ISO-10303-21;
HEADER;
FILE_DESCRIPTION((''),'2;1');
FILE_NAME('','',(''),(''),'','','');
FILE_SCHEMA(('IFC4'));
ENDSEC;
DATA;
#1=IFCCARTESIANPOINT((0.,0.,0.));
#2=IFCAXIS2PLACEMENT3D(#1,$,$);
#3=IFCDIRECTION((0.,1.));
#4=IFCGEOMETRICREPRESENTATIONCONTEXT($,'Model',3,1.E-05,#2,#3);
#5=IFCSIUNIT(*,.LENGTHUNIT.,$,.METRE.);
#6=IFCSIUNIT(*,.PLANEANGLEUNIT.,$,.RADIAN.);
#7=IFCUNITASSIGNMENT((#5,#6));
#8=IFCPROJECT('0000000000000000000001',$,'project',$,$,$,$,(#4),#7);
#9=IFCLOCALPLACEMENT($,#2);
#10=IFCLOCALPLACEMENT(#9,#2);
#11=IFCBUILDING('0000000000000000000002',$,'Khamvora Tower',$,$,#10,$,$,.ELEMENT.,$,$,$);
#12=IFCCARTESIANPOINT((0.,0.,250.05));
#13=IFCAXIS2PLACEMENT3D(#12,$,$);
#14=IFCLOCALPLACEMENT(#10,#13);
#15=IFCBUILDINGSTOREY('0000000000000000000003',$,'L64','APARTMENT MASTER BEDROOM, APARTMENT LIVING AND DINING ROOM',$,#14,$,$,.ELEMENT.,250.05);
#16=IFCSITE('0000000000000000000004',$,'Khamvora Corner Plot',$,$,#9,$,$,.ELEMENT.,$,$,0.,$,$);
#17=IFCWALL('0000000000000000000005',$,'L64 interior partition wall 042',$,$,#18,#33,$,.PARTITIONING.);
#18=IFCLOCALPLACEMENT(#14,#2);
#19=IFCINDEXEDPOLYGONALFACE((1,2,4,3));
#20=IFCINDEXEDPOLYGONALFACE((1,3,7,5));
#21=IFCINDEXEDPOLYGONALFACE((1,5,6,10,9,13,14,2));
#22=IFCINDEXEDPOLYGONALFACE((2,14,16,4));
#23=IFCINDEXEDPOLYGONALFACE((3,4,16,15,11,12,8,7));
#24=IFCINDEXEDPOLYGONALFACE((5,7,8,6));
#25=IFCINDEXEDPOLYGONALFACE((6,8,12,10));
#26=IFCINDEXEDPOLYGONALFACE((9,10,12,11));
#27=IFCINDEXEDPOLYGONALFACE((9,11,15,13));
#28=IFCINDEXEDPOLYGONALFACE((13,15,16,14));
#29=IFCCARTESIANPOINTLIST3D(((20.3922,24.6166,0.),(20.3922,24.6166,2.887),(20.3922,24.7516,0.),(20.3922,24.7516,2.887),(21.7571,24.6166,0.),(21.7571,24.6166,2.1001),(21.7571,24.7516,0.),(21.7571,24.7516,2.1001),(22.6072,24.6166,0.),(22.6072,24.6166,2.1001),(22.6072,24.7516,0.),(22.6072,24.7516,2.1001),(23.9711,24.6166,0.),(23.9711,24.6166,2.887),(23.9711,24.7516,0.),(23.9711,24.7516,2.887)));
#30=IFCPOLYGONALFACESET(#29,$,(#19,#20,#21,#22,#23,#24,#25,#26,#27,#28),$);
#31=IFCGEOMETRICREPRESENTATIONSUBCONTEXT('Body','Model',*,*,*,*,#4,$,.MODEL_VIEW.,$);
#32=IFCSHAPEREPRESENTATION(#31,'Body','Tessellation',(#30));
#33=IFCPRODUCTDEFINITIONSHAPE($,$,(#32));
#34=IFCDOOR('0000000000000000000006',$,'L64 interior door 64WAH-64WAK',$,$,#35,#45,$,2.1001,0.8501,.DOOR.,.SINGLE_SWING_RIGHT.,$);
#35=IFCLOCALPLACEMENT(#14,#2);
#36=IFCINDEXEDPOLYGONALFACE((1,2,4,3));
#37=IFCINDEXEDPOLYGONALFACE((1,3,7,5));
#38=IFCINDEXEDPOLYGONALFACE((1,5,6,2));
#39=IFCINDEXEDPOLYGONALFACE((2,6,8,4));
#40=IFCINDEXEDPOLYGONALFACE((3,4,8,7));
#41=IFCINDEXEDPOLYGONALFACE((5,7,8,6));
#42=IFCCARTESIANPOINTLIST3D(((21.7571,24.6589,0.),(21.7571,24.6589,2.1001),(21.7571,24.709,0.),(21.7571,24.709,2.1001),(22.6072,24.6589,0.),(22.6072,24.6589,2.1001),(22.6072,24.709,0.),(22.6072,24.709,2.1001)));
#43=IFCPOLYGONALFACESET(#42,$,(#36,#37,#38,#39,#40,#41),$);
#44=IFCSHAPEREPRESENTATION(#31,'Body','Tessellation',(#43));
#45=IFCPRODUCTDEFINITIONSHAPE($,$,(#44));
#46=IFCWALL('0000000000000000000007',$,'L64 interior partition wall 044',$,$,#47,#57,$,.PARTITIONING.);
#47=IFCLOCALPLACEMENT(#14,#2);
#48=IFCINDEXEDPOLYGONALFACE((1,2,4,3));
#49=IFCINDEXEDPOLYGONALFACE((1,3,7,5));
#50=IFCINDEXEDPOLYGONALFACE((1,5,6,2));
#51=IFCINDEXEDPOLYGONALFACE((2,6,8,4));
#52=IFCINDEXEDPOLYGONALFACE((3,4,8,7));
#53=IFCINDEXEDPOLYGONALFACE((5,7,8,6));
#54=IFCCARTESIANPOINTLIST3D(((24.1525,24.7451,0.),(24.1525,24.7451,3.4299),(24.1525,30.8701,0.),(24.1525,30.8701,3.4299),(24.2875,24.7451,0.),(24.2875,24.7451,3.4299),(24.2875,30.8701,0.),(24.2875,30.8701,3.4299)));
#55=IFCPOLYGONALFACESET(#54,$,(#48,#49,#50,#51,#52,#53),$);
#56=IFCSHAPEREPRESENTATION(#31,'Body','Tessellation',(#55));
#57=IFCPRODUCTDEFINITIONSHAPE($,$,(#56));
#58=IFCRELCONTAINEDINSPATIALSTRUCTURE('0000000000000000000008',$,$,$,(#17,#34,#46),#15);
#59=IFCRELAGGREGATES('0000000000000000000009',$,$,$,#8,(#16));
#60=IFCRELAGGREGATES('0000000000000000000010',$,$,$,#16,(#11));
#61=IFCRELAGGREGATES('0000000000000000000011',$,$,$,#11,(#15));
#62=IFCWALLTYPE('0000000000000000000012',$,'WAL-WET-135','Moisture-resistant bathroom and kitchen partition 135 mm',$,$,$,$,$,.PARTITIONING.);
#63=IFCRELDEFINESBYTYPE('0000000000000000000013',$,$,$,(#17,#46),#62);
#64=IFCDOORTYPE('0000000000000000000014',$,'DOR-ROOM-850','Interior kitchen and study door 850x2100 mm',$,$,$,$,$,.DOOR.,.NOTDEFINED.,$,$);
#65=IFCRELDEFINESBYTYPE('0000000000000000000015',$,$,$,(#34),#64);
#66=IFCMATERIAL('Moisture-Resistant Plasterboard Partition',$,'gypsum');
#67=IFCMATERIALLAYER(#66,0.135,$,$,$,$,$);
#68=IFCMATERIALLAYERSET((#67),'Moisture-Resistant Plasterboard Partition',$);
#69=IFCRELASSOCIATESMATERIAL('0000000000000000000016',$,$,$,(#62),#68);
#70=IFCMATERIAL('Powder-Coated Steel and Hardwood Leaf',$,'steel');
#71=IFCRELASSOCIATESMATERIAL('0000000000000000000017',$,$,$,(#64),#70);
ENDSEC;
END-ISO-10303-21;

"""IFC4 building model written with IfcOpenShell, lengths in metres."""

from ifc_helpers import new_model, si_unit, direction, frame, frame_2d, origin, place, context, subcontext, project, spatial, rectangle, extrude, material, layer, layer_set, type_object, element, fill, save


model = new_model("IFC4")

# Units and contexts
model_context = context("Model", 3, precision=1e-05, world=origin(), true_north=direction((0.0, 1.0)))
body_context = subcontext(model_context, "Body", "Model", "MODEL_VIEW")
ifc_project = project(units=[si_unit("LENGTHUNIT", "METRE"), si_unit("PLANEANGLEUNIT", "RADIAN")], contexts=[model_context])

# Site, building, storey
site_placement = place(None, origin())
site = spatial("IfcSite", under=ifc_project, at=site_placement, Name="Khamvora Corner Plot", CompositionType="ELEMENT", RefElevation=0.0)
building_placement = place(site_placement, origin())
building = spatial("IfcBuilding", under=site, at=building_placement, Name="Khamvora Tower", CompositionType="ELEMENT")
storey_placement = place(building_placement, frame((0.0, 0.0, 250.05)))
storey = spatial("IfcBuildingStorey", under=building, at=storey_placement, Name="L64", Description="APARTMENT MASTER BEDROOM, APARTMENT LIVING AND DINING ROOM", CompositionType="ELEMENT", Elevation=250.05)

# Wall, opening, door
ifc_material_1 = material(Name="Moisture-Resistant Plasterboard Partition", Category="gypsum")
ifc_layer_1 = layer(ifc_material_1, 0.135)
ifc_layer_set_1 = layer_set([ifc_layer_1], Name="Moisture-Resistant Plasterboard Partition")
wall_type_1 = type_object("IfcWallType", Name="WAL-WET-135", Description="Moisture-resistant bathroom and kitchen partition 135 mm", PredefinedType="PARTITIONING", material=ifc_layer_set_1)
ifc_material_2 = material(Name="Powder-Coated Steel and Hardwood Leaf", Category="steel")
wall_1_placement = place(storey_placement, frame((20.3921, 24.6841, 0.0), z_axis=(0.0, 0.0, 1.0), x_axis=(1.0, 0.0, 0.0)))
wall_1 = element("IfcWall", 1, at=wall_1_placement, inside=storey, type_object=wall_type_1, Name="L64 interior partition wall 042", PredefinedType="PARTITIONING", context=body_context, shape_type="SweptSolid", body=[
    extrude(rectangle(XDim=3.5789, YDim=0.135, at=frame_2d((1.7896, 0.0))), origin(), (0.0, 0.0, 1.0), 2.887),
])
opening_1_placement = place(wall_1_placement, frame((1.365, 0.0, 0.0)))
opening_1 = element("IfcOpeningElement", 2, at=opening_1_placement, cuts=wall_1, PredefinedType="OPENING", context=body_context, shape_type="SweptSolid", body=[
    extrude(rectangle(XDim=0.8501, YDim=2.1001, at=frame_2d((0.425, 1.05))), frame((0.0, 0.0774, 0.0), z_axis=(0.0, -1.0, 0.0), x_axis=(1.0, 0.0, 0.0)), (0.0, 0.0, 1.0), 0.155),
])
door_type_1 = type_object("IfcDoorType", Name="DOR-ROOM-850", Description="Interior kitchen and study door 850x2100 mm", OperationType="NOTDEFINED", PredefinedType="DOOR", material=ifc_material_2)
door_1_placement = place(opening_1_placement, origin())
door_1 = element("IfcDoor", 3, at=door_1_placement, inside=storey, type_object=door_type_1, Name="L64 interior door 64WAH-64WAK", OperationType="SINGLE_SWING_RIGHT", OverallHeight=2.1001, OverallWidth=0.8501, PredefinedType="DOOR", context=body_context, shape_type="SweptSolid", body=[
    extrude(rectangle(XDim=0.8501, YDim=2.1001, at=frame_2d((0.425, 1.05))), frame((0.0, 0.0249, 0.0), z_axis=(0.0, -1.0, 0.0), x_axis=(1.0, 0.0, 0.0)), (0.0, 0.0, 1.0), 0.05),
])
fill(opening_1, door_1)

# Wall
wall_2_placement = place(storey_placement, frame((24.22, 24.7451, 0.0), z_axis=(0.0, 0.0, 1.0), x_axis=(0.0, 1.0, 0.0)))
element("IfcWall", 4, at=wall_2_placement, inside=storey, type_object=wall_type_1, Name="L64 interior partition wall 044", PredefinedType="PARTITIONING", context=body_context, shape_type="SweptSolid", body=[
    extrude(rectangle(XDim=6.125, YDim=0.135, at=frame_2d((3.0625, 0.0))), origin(), (0.0, 0.0, 1.0), 3.4299),
])

save(model, "model.ifc")
